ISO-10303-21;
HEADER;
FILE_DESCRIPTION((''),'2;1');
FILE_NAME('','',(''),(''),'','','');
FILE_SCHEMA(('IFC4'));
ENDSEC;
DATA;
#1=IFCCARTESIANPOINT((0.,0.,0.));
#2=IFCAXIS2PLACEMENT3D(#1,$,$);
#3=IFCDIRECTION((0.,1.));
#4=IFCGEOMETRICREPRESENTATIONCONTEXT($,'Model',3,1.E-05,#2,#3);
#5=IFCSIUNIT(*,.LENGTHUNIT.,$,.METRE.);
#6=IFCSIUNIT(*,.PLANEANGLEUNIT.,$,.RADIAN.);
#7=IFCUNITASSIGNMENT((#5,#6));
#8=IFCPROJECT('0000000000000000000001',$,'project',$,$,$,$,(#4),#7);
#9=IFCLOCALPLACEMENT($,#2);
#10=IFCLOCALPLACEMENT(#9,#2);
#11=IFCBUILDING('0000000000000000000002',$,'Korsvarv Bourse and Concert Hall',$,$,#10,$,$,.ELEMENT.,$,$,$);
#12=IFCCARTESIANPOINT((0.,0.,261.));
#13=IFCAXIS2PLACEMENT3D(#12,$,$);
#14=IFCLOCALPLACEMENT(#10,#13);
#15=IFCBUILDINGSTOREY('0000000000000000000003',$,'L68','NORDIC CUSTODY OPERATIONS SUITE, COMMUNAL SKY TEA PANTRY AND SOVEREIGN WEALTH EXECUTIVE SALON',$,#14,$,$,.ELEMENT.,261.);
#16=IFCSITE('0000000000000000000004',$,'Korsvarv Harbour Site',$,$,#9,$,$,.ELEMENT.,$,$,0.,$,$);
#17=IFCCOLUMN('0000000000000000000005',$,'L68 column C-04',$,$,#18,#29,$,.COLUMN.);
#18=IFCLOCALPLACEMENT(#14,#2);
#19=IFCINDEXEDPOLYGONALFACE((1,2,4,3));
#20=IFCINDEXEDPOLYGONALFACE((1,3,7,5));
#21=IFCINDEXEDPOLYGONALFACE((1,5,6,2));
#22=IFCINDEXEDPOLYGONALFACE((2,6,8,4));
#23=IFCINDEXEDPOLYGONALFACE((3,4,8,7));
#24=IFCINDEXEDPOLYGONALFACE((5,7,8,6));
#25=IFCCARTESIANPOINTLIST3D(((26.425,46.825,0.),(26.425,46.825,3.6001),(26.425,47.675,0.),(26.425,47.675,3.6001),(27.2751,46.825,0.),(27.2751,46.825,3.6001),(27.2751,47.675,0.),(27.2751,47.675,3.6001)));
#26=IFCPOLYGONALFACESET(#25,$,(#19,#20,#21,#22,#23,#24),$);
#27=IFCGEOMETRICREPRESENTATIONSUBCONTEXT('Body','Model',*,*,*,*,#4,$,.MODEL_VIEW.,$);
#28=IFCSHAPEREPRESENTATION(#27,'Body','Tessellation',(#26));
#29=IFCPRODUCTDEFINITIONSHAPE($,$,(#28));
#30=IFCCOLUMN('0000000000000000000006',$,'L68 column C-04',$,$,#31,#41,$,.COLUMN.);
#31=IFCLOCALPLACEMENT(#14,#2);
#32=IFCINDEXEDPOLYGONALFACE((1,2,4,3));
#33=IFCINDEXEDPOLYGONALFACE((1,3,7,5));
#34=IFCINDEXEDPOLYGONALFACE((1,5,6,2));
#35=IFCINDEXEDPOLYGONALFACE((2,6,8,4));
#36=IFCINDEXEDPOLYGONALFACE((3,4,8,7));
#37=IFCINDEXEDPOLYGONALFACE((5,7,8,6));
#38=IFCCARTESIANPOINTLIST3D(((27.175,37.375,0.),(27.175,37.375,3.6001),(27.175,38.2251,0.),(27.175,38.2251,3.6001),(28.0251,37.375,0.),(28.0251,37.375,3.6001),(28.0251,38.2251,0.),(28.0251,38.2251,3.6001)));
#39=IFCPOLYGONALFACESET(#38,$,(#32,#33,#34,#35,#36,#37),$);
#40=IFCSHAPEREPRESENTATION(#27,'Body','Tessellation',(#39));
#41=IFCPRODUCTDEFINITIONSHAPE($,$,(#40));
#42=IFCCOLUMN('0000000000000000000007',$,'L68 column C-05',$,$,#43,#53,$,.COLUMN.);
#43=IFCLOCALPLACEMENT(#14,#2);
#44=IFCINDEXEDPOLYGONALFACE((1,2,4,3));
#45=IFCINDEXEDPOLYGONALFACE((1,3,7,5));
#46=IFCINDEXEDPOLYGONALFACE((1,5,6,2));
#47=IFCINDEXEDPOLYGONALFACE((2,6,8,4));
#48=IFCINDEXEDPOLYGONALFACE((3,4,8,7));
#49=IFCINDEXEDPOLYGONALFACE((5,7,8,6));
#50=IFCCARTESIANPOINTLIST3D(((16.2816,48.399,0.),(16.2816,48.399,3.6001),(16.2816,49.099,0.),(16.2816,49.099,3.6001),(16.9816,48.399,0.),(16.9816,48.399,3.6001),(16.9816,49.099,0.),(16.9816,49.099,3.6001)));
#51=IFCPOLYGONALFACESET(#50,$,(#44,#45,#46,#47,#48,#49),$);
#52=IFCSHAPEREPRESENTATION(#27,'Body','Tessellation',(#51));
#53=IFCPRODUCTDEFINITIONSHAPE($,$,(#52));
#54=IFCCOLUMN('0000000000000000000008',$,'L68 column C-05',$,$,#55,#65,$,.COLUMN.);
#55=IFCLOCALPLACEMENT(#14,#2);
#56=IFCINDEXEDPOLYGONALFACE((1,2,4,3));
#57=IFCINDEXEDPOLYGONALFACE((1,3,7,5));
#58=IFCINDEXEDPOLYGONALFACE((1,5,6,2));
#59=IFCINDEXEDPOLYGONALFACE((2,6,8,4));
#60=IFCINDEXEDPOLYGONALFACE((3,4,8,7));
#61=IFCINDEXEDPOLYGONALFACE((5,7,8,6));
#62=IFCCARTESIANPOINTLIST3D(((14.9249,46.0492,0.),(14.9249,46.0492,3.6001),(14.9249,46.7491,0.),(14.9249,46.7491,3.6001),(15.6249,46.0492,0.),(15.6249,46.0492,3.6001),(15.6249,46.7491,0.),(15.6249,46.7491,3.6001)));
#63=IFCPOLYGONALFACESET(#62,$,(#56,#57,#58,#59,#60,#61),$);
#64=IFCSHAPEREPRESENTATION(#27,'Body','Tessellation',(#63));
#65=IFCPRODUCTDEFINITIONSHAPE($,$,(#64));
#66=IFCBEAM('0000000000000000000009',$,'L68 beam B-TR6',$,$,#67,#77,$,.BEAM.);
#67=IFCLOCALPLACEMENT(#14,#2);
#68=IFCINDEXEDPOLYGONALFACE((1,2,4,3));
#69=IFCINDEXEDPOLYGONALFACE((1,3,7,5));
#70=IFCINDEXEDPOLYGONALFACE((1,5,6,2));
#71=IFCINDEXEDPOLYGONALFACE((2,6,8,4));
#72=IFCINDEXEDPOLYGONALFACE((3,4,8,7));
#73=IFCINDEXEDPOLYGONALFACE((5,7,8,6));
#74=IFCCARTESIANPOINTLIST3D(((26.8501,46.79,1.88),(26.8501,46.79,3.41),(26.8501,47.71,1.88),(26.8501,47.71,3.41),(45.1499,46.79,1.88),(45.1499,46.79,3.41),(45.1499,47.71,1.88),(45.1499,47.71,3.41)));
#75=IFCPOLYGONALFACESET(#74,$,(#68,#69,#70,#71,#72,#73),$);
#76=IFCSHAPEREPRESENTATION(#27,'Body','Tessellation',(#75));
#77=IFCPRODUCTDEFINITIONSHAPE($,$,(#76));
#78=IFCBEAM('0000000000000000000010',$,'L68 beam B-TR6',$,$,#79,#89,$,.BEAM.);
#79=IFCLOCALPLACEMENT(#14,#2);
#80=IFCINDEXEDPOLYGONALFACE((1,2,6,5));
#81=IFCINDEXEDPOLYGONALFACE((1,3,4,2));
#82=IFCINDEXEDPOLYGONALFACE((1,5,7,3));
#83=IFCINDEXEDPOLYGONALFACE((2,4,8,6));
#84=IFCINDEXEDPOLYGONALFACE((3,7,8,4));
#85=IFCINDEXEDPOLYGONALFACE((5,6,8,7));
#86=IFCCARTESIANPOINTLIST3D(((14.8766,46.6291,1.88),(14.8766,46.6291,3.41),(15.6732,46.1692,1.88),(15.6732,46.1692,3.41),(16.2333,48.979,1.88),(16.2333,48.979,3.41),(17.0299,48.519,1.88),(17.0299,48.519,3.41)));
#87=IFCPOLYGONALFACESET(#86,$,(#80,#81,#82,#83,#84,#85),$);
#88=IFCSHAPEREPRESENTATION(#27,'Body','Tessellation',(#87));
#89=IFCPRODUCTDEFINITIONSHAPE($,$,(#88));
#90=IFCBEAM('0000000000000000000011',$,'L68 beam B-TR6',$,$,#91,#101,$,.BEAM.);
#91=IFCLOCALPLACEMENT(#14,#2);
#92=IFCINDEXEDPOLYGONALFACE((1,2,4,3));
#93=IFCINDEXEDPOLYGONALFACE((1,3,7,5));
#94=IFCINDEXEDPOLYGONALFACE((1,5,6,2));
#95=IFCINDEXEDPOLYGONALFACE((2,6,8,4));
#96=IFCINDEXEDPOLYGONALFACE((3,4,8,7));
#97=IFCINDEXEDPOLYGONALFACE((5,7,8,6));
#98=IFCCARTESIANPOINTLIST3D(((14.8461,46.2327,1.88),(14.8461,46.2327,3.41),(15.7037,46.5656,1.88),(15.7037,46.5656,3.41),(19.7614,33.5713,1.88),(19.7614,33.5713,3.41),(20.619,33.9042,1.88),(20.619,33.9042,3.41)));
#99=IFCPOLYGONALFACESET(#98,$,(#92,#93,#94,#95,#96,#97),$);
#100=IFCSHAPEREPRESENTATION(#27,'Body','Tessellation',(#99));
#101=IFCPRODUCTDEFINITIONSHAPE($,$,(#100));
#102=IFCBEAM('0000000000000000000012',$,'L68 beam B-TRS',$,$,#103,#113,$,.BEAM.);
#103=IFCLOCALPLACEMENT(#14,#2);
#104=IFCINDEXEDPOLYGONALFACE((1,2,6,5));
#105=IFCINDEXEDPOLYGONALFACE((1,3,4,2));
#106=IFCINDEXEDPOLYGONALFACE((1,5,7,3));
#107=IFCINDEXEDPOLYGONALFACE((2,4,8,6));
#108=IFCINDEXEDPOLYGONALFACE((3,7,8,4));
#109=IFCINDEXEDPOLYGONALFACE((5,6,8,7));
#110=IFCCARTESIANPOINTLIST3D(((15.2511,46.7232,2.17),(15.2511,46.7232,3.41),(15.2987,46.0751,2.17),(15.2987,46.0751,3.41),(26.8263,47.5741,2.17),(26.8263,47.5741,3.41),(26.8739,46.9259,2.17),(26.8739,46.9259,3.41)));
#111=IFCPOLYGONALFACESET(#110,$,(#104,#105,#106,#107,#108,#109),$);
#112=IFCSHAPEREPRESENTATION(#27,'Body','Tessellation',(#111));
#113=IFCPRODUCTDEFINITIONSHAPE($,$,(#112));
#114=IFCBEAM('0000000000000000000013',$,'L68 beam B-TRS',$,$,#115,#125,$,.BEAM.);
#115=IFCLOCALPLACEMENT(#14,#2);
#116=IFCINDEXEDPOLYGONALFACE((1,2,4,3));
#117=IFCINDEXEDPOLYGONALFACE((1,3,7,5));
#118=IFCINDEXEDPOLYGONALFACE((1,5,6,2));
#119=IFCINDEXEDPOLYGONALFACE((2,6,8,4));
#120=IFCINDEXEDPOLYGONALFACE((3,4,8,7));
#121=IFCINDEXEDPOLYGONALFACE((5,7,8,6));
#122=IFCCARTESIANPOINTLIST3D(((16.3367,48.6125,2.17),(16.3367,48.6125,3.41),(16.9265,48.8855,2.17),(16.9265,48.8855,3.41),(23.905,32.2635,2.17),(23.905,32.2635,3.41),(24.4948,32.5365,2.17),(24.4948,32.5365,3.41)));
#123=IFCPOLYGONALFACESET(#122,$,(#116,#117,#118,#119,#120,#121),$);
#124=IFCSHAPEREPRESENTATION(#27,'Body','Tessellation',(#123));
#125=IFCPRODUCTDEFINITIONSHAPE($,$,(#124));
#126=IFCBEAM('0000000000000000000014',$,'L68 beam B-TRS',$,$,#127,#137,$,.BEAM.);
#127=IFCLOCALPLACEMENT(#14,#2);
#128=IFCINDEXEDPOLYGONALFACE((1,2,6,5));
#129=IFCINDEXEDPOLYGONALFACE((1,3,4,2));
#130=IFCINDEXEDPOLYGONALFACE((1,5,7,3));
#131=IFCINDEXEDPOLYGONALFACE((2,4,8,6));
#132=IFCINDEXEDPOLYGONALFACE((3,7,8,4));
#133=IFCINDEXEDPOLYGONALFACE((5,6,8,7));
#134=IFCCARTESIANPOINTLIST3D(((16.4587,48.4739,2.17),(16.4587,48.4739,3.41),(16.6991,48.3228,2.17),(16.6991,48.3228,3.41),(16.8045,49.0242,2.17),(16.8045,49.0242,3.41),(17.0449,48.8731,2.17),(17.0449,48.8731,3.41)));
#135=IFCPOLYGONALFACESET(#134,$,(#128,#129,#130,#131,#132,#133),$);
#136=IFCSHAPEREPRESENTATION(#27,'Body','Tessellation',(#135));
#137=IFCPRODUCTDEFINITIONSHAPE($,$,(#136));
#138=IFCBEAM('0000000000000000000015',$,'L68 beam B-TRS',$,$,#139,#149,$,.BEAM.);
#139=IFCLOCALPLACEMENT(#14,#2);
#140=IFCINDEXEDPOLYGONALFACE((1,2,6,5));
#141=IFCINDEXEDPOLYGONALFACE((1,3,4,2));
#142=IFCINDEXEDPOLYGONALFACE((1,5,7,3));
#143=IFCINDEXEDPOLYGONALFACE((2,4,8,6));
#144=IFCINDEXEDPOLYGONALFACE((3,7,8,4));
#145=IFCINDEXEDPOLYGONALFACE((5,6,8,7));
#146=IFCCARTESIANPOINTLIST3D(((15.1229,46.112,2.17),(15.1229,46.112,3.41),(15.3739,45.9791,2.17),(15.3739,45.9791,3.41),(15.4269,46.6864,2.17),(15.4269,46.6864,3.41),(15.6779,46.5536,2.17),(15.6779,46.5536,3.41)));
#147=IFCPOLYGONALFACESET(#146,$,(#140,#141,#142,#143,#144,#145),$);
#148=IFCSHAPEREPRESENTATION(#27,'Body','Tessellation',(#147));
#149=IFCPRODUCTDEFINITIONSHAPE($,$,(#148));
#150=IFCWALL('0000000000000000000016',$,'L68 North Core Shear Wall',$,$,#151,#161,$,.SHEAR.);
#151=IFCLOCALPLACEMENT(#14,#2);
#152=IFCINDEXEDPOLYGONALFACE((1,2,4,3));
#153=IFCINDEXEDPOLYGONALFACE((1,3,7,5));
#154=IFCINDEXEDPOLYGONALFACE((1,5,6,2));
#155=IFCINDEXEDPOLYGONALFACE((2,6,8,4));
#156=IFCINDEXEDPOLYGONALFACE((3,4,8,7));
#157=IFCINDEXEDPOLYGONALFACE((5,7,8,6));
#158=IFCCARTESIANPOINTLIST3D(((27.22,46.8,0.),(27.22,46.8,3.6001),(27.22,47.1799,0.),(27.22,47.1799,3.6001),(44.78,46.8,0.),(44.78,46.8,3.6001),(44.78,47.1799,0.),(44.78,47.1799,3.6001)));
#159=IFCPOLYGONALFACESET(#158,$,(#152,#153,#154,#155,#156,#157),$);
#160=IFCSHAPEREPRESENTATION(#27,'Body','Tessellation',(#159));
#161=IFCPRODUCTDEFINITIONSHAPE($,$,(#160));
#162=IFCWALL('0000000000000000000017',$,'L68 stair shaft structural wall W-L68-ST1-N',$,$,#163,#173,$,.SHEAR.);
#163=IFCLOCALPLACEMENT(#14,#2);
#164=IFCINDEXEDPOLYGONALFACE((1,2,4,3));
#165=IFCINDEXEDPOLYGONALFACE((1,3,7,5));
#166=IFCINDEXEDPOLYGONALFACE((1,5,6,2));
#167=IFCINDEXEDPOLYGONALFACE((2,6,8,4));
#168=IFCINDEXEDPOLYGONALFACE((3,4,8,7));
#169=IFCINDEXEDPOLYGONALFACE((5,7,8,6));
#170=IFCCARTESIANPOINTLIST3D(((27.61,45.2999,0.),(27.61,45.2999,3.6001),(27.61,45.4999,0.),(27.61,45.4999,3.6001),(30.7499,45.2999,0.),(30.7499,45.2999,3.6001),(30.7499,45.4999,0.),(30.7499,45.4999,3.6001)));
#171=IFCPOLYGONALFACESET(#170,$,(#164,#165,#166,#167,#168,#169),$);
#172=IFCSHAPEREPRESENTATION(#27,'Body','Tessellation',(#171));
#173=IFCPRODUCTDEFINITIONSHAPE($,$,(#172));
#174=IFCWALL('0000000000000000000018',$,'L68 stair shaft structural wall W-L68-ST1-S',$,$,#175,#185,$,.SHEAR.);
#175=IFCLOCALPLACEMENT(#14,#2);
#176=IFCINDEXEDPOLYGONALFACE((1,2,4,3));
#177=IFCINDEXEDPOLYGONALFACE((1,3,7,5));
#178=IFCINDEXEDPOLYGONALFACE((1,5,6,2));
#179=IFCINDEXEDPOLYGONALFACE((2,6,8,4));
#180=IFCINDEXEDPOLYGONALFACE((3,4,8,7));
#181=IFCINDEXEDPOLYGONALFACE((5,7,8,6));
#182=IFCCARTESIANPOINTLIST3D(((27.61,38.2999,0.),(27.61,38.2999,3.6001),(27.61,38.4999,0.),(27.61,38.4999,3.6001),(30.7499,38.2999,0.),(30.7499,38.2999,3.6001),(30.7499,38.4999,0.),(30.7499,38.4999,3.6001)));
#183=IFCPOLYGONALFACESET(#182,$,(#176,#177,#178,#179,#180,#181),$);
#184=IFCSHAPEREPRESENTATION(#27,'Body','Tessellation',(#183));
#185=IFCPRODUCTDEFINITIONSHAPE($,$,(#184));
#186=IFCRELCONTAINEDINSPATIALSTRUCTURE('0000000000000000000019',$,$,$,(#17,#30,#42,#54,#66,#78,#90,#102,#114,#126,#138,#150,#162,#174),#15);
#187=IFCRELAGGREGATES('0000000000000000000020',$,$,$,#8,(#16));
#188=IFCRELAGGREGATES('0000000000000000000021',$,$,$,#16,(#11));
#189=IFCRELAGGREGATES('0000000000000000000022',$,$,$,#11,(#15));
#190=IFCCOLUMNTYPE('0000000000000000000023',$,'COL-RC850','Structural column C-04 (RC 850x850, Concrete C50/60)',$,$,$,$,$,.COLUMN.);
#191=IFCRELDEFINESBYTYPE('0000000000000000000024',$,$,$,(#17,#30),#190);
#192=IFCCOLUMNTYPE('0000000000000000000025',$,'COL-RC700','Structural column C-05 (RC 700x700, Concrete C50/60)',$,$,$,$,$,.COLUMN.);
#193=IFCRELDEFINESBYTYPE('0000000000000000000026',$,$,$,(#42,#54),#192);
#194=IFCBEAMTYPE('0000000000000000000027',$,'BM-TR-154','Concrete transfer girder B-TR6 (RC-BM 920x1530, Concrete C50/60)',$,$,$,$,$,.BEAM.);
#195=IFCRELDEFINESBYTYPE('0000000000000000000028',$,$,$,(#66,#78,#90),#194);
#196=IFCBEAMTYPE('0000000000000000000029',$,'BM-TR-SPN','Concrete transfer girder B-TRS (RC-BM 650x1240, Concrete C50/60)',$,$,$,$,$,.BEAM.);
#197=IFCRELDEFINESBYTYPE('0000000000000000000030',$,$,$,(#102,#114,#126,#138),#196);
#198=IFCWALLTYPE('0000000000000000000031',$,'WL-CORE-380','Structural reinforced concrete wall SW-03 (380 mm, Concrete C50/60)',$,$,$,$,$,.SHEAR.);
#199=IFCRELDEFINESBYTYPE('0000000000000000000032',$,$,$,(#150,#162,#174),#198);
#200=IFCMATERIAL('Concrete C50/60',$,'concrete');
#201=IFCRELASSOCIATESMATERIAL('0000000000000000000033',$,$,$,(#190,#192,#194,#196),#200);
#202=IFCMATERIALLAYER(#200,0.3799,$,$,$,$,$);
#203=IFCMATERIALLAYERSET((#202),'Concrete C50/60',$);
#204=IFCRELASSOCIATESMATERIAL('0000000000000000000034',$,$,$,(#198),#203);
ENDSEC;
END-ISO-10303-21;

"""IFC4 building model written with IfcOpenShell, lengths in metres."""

from ifc_helpers import new_model, si_unit, direction, frame, frame_2d, origin, origin_2d, place, context, subcontext, project, spatial, rectangle, extrude, source, transform, mapped, material, layer, layer_set, material_profile, profile_set, type_object, element, save


model = new_model("IFC4")

# Units and contexts
model_context = context("Model", 3, precision=1e-05, world=origin(), true_north=direction((0.0, 1.0)))
body_context = subcontext(model_context, "Body", "Model", "MODEL_VIEW")
ifc_project = project(units=[si_unit("LENGTHUNIT", "METRE"), si_unit("PLANEANGLEUNIT", "RADIAN")], contexts=[model_context])

# Site, building, storey
site_placement = place(None, origin())
site = spatial("IfcSite", under=ifc_project, at=site_placement, Name="Korsvarv Harbour Site", CompositionType="ELEMENT", RefElevation=0.0)
building_placement = place(site_placement, origin())
building = spatial("IfcBuilding", under=site, at=building_placement, Name="Korsvarv Bourse and Concert Hall", CompositionType="ELEMENT")
storey_placement = place(building_placement, frame((0.0, 0.0, 261.0)))
storey = spatial("IfcBuildingStorey", under=building, at=storey_placement, Name="L68", Description="NORDIC CUSTODY OPERATIONS SUITE, COMMUNAL SKY TEA PANTRY AND SOVEREIGN WEALTH EXECUTIVE SALON", CompositionType="ELEMENT", Elevation=261.0)

# Columns
ifc_material_1 = material(Name="Concrete C50/60", Category="concrete")
ifc_material_profile_1 = material_profile(ifc_material_1, rectangle(XDim=0.8501, YDim=0.8501, at=origin_2d()), Name="RC 850x850")
ifc_profile_set_1 = profile_set([ifc_material_profile_1], Name="Concrete C50/60")
column_type_1 = type_object("IfcColumnType", Name="COL-RC850", Description="Structural column C-04 (RC 850x850, Concrete C50/60)", PredefinedType="COLUMN", material=ifc_profile_set_1)
shared_shape_1 = source(origin(), body_context, "Body", "SweptSolid", [
    extrude(rectangle(XDim=0.8501, YDim=0.8501, at=origin_2d()), origin(), (0.0, 0.0, 1.0), 3.6001),
])
for number, where, z_axis, x_axis, name in (
    (1, (26.8501, 47.25, 0.0), (0.0, 0.0, 1.0), (1.0, 0.0, 0.0), "L68 column C-04"),
    (2, (27.6001, 37.8, 0.0), (0.0, 0.0, 1.0), (1.0, 0.0, 0.0), "L68 column C-04"),
):
    element("IfcColumn", number, at=place(storey_placement, frame(where, z_axis=z_axis, x_axis=x_axis)), inside=storey, type_object=column_type_1, Name=name, PredefinedType="COLUMN", context=body_context, shape_type="MappedRepresentation", body=[
        mapped(shared_shape_1, transform((0.0, 0.0, 0.0), scale=1.0)),
    ])
ifc_material_profile_2 = material_profile(ifc_material_1, rectangle(XDim=0.7, YDim=0.7, at=origin_2d()), Name="RC 700x700")
ifc_profile_set_2 = profile_set([ifc_material_profile_2], Name="Concrete C50/60")
column_type_2 = type_object("IfcColumnType", Name="COL-RC700", Description="Structural column C-05 (RC 700x700, Concrete C50/60)", PredefinedType="COLUMN", material=ifc_profile_set_2)
shared_shape_2 = source(origin(), body_context, "Body", "SweptSolid", [
    extrude(rectangle(XDim=0.7, YDim=0.7, at=origin_2d()), origin(), (0.0, 0.0, 1.0), 3.6001),
])
for number, where, z_axis, x_axis, name in (
    (3, (16.6316, 48.749, 0.0), (0.0, 0.0, 1.0), (1.0, 0.0, 0.0), "L68 column C-05"),
    (4, (15.2749, 46.3992, 0.0), (0.0, 0.0, 1.0), (1.0, 0.0, 0.0), "L68 column C-05"),
):
    element("IfcColumn", number, at=place(storey_placement, frame(where, z_axis=z_axis, x_axis=x_axis)), inside=storey, type_object=column_type_2, Name=name, PredefinedType="COLUMN", context=body_context, shape_type="MappedRepresentation", body=[
        mapped(shared_shape_2, transform((0.0, 0.0, 0.0), scale=1.0)),
    ])

# Beams
ifc_material_profile_3 = material_profile(ifc_material_1, rectangle(XDim=0.9199, YDim=1.53, at=origin_2d()), Name="RC-BM 920x1530")
ifc_profile_set_3 = profile_set([ifc_material_profile_3], Name="Concrete C50/60")
beam_type_1 = type_object("IfcBeamType", Name="BM-TR-154", Description="Concrete transfer girder B-TR6 (RC-BM 920x1530, Concrete C50/60)", PredefinedType="BEAM", material=ifc_profile_set_3)
shared_shape_3 = source(origin(), body_context, "Body", "SweptSolid", [
    extrude(rectangle(XDim=0.9199, YDim=1.53, at=origin_2d()), origin(), (0.0, 0.0, 1.0), 18.2998),
])
beam_1_placement = place(storey_placement, frame((26.8501, 47.25, 2.645), z_axis=(1.0, 0.0, 0.0), x_axis=(0.0, 1.0, 0.0)))
element("IfcBeam", 5, at=beam_1_placement, inside=storey, type_object=beam_type_1, Name="L68 beam B-TR6", PredefinedType="BEAM", context=body_context, shape_type="MappedRepresentation", body=[
    mapped(shared_shape_3, transform((0.0, 0.0, 0.0), scale=1.0)),
])
shared_shape_4 = source(origin(), body_context, "Body", "SweptSolid", [
    extrude(rectangle(XDim=0.9199, YDim=1.53, at=origin_2d()), origin(), (0.0, 0.0, 1.0), 2.7134),
])
beam_2_placement = place(storey_placement, frame((16.6316, 48.749, 2.645), z_axis=(-0.5, -0.866025, 0.0), x_axis=(0.866025, -0.5, 0.0)))
element("IfcBeam", 6, at=beam_2_placement, inside=storey, type_object=beam_type_1, Name="L68 beam B-TR6", PredefinedType="BEAM", context=body_context, shape_type="MappedRepresentation", body=[
    mapped(shared_shape_4, transform((0.0, 0.0, 0.0), scale=1.0)),
])
shared_shape_5 = source(origin(), body_context, "Body", "SweptSolid", [
    extrude(rectangle(XDim=0.9199, YDim=1.53, at=origin_2d()), origin(), (0.0, 0.0, 1.0), 13.582),
])
beam_3_placement = place(storey_placement, frame((15.2749, 46.3992, 2.645), z_axis=(0.361897, -0.932218, 0.0), x_axis=(0.932218, 0.361897, 0.0)))
element("IfcBeam", 7, at=beam_3_placement, inside=storey, type_object=beam_type_1, Name="L68 beam B-TR6", PredefinedType="BEAM", context=body_context, shape_type="MappedRepresentation", body=[
    mapped(shared_shape_5, transform((0.0, 0.0, 0.0), scale=1.0)),
])
ifc_material_profile_4 = material_profile(ifc_material_1, rectangle(XDim=0.6499, YDim=1.24, at=origin_2d()), Name="RC-BM 650x1240")
ifc_profile_set_4 = profile_set([ifc_material_profile_4], Name="Concrete C50/60")
beam_type_2 = type_object("IfcBeamType", Name="BM-TR-SPN", Description="Concrete transfer girder B-TRS (RC-BM 650x1240, Concrete C50/60)", PredefinedType="BEAM", material=ifc_profile_set_4)
shared_shape_6 = source(origin(), body_context, "Body", "SweptSolid", [
    extrude(rectangle(XDim=0.6499, YDim=1.24, at=origin_2d()), origin(), (0.0, 0.0, 1.0), 11.6064),
])
beam_4_placement = place(storey_placement, frame((15.2749, 46.3992, 2.79), z_axis=(0.997309, 0.073307, 0.0), x_axis=(-0.073307, 0.997309, 0.0)))
element("IfcBeam", 8, at=beam_4_placement, inside=storey, type_object=beam_type_2, Name="L68 beam B-TRS", PredefinedType="BEAM", context=body_context, shape_type="MappedRepresentation", body=[
    mapped(shared_shape_6, transform((0.0, 0.0, 0.0), scale=1.0)),
])
shared_shape_7 = source(origin(), body_context, "Body", "SweptSolid", [
    extrude(rectangle(XDim=0.6499, YDim=1.24, at=origin_2d()), origin(), (0.0, 0.0, 1.0), 18.0159),
])
beam_5_placement = place(storey_placement, frame((16.6316, 48.749, 2.79), z_axis=(0.420093, -0.907481, 0.0), x_axis=(0.907481, 0.420093, 0.0)))
element("IfcBeam", 9, at=beam_5_placement, inside=storey, type_object=beam_type_2, Name="L68 beam B-TRS", PredefinedType="BEAM", context=body_context, shape_type="MappedRepresentation", body=[
    mapped(shared_shape_7, transform((0.0, 0.0, 0.0), scale=1.0)),
])
shared_shape_8 = source(origin(), body_context, "Body", "SweptSolid", [
    extrude(rectangle(XDim=0.6499, YDim=1.24, at=origin_2d()), origin(), (0.0, 0.0, 1.0), 0.2839),
])
for number, where, z_axis, x_axis, name in (
    (10, (16.6316, 48.749, 2.79), (0.846692, -0.532084, 0.0), (0.532084, 0.846692, 0.0), "L68 beam B-TRS"),
    (11, (15.2749, 46.3992, 2.79), (0.883872, -0.46773, 0.0), (0.46773, 0.883872, 0.0), "L68 beam B-TRS"),
):
    element("IfcBeam", number, at=place(storey_placement, frame(where, z_axis=z_axis, x_axis=x_axis)), inside=storey, type_object=beam_type_2, Name=name, PredefinedType="BEAM", context=body_context, shape_type="MappedRepresentation", body=[
        mapped(shared_shape_8, transform((0.0, 0.0, 0.0), scale=1.0)),
    ])

# Walls
ifc_layer_1 = layer(ifc_material_1, 0.3799)
ifc_layer_set_1 = layer_set([ifc_layer_1], Name="Concrete C50/60")
wall_type_1 = type_object("IfcWallType", Name="WL-CORE-380", Description="Structural reinforced concrete wall SW-03 (380 mm, Concrete C50/60)", PredefinedType="SHEAR", material=ifc_layer_set_1)
wall_1_placement = place(storey_placement, frame((27.22, 46.99, 0.0), z_axis=(0.0, 0.0, 1.0), x_axis=(1.0, 0.0, 0.0)))
element("IfcWall", 12, at=wall_1_placement, inside=storey, type_object=wall_type_1, Name="L68 North Core Shear Wall", PredefinedType="SHEAR", context=body_context, shape_type="SweptSolid", body=[
    extrude(rectangle(XDim=17.5601, YDim=0.3799, at=frame_2d((8.78, 0.0))), origin(), (0.0, 0.0, 1.0), 3.6001),
])
for number, where, z_axis, x_axis, name in (
    (13, (27.6101, 45.3999, 0.0), (0.0, 0.0, 1.0), (1.0, 0.0, 0.0), "L68 stair shaft structural wall W-L68-ST1-N"),
    (14, (27.6101, 38.3999, 0.0), (0.0, 0.0, 1.0), (1.0, 0.0, 0.0), "L68 stair shaft structural wall W-L68-ST1-S"),
):
    element("IfcWall", number, at=place(storey_placement, frame(where, z_axis=z_axis, x_axis=x_axis)), inside=storey, type_object=wall_type_1, Name=name, PredefinedType="SHEAR", context=body_context, shape_type="SweptSolid", body=[
        extrude(rectangle(XDim=3.1399, YDim=0.2, at=frame_2d((1.5698, 0.0))), origin(), (0.0, 0.0, 1.0), 3.6001),
    ])

save(model, "model.ifc")
